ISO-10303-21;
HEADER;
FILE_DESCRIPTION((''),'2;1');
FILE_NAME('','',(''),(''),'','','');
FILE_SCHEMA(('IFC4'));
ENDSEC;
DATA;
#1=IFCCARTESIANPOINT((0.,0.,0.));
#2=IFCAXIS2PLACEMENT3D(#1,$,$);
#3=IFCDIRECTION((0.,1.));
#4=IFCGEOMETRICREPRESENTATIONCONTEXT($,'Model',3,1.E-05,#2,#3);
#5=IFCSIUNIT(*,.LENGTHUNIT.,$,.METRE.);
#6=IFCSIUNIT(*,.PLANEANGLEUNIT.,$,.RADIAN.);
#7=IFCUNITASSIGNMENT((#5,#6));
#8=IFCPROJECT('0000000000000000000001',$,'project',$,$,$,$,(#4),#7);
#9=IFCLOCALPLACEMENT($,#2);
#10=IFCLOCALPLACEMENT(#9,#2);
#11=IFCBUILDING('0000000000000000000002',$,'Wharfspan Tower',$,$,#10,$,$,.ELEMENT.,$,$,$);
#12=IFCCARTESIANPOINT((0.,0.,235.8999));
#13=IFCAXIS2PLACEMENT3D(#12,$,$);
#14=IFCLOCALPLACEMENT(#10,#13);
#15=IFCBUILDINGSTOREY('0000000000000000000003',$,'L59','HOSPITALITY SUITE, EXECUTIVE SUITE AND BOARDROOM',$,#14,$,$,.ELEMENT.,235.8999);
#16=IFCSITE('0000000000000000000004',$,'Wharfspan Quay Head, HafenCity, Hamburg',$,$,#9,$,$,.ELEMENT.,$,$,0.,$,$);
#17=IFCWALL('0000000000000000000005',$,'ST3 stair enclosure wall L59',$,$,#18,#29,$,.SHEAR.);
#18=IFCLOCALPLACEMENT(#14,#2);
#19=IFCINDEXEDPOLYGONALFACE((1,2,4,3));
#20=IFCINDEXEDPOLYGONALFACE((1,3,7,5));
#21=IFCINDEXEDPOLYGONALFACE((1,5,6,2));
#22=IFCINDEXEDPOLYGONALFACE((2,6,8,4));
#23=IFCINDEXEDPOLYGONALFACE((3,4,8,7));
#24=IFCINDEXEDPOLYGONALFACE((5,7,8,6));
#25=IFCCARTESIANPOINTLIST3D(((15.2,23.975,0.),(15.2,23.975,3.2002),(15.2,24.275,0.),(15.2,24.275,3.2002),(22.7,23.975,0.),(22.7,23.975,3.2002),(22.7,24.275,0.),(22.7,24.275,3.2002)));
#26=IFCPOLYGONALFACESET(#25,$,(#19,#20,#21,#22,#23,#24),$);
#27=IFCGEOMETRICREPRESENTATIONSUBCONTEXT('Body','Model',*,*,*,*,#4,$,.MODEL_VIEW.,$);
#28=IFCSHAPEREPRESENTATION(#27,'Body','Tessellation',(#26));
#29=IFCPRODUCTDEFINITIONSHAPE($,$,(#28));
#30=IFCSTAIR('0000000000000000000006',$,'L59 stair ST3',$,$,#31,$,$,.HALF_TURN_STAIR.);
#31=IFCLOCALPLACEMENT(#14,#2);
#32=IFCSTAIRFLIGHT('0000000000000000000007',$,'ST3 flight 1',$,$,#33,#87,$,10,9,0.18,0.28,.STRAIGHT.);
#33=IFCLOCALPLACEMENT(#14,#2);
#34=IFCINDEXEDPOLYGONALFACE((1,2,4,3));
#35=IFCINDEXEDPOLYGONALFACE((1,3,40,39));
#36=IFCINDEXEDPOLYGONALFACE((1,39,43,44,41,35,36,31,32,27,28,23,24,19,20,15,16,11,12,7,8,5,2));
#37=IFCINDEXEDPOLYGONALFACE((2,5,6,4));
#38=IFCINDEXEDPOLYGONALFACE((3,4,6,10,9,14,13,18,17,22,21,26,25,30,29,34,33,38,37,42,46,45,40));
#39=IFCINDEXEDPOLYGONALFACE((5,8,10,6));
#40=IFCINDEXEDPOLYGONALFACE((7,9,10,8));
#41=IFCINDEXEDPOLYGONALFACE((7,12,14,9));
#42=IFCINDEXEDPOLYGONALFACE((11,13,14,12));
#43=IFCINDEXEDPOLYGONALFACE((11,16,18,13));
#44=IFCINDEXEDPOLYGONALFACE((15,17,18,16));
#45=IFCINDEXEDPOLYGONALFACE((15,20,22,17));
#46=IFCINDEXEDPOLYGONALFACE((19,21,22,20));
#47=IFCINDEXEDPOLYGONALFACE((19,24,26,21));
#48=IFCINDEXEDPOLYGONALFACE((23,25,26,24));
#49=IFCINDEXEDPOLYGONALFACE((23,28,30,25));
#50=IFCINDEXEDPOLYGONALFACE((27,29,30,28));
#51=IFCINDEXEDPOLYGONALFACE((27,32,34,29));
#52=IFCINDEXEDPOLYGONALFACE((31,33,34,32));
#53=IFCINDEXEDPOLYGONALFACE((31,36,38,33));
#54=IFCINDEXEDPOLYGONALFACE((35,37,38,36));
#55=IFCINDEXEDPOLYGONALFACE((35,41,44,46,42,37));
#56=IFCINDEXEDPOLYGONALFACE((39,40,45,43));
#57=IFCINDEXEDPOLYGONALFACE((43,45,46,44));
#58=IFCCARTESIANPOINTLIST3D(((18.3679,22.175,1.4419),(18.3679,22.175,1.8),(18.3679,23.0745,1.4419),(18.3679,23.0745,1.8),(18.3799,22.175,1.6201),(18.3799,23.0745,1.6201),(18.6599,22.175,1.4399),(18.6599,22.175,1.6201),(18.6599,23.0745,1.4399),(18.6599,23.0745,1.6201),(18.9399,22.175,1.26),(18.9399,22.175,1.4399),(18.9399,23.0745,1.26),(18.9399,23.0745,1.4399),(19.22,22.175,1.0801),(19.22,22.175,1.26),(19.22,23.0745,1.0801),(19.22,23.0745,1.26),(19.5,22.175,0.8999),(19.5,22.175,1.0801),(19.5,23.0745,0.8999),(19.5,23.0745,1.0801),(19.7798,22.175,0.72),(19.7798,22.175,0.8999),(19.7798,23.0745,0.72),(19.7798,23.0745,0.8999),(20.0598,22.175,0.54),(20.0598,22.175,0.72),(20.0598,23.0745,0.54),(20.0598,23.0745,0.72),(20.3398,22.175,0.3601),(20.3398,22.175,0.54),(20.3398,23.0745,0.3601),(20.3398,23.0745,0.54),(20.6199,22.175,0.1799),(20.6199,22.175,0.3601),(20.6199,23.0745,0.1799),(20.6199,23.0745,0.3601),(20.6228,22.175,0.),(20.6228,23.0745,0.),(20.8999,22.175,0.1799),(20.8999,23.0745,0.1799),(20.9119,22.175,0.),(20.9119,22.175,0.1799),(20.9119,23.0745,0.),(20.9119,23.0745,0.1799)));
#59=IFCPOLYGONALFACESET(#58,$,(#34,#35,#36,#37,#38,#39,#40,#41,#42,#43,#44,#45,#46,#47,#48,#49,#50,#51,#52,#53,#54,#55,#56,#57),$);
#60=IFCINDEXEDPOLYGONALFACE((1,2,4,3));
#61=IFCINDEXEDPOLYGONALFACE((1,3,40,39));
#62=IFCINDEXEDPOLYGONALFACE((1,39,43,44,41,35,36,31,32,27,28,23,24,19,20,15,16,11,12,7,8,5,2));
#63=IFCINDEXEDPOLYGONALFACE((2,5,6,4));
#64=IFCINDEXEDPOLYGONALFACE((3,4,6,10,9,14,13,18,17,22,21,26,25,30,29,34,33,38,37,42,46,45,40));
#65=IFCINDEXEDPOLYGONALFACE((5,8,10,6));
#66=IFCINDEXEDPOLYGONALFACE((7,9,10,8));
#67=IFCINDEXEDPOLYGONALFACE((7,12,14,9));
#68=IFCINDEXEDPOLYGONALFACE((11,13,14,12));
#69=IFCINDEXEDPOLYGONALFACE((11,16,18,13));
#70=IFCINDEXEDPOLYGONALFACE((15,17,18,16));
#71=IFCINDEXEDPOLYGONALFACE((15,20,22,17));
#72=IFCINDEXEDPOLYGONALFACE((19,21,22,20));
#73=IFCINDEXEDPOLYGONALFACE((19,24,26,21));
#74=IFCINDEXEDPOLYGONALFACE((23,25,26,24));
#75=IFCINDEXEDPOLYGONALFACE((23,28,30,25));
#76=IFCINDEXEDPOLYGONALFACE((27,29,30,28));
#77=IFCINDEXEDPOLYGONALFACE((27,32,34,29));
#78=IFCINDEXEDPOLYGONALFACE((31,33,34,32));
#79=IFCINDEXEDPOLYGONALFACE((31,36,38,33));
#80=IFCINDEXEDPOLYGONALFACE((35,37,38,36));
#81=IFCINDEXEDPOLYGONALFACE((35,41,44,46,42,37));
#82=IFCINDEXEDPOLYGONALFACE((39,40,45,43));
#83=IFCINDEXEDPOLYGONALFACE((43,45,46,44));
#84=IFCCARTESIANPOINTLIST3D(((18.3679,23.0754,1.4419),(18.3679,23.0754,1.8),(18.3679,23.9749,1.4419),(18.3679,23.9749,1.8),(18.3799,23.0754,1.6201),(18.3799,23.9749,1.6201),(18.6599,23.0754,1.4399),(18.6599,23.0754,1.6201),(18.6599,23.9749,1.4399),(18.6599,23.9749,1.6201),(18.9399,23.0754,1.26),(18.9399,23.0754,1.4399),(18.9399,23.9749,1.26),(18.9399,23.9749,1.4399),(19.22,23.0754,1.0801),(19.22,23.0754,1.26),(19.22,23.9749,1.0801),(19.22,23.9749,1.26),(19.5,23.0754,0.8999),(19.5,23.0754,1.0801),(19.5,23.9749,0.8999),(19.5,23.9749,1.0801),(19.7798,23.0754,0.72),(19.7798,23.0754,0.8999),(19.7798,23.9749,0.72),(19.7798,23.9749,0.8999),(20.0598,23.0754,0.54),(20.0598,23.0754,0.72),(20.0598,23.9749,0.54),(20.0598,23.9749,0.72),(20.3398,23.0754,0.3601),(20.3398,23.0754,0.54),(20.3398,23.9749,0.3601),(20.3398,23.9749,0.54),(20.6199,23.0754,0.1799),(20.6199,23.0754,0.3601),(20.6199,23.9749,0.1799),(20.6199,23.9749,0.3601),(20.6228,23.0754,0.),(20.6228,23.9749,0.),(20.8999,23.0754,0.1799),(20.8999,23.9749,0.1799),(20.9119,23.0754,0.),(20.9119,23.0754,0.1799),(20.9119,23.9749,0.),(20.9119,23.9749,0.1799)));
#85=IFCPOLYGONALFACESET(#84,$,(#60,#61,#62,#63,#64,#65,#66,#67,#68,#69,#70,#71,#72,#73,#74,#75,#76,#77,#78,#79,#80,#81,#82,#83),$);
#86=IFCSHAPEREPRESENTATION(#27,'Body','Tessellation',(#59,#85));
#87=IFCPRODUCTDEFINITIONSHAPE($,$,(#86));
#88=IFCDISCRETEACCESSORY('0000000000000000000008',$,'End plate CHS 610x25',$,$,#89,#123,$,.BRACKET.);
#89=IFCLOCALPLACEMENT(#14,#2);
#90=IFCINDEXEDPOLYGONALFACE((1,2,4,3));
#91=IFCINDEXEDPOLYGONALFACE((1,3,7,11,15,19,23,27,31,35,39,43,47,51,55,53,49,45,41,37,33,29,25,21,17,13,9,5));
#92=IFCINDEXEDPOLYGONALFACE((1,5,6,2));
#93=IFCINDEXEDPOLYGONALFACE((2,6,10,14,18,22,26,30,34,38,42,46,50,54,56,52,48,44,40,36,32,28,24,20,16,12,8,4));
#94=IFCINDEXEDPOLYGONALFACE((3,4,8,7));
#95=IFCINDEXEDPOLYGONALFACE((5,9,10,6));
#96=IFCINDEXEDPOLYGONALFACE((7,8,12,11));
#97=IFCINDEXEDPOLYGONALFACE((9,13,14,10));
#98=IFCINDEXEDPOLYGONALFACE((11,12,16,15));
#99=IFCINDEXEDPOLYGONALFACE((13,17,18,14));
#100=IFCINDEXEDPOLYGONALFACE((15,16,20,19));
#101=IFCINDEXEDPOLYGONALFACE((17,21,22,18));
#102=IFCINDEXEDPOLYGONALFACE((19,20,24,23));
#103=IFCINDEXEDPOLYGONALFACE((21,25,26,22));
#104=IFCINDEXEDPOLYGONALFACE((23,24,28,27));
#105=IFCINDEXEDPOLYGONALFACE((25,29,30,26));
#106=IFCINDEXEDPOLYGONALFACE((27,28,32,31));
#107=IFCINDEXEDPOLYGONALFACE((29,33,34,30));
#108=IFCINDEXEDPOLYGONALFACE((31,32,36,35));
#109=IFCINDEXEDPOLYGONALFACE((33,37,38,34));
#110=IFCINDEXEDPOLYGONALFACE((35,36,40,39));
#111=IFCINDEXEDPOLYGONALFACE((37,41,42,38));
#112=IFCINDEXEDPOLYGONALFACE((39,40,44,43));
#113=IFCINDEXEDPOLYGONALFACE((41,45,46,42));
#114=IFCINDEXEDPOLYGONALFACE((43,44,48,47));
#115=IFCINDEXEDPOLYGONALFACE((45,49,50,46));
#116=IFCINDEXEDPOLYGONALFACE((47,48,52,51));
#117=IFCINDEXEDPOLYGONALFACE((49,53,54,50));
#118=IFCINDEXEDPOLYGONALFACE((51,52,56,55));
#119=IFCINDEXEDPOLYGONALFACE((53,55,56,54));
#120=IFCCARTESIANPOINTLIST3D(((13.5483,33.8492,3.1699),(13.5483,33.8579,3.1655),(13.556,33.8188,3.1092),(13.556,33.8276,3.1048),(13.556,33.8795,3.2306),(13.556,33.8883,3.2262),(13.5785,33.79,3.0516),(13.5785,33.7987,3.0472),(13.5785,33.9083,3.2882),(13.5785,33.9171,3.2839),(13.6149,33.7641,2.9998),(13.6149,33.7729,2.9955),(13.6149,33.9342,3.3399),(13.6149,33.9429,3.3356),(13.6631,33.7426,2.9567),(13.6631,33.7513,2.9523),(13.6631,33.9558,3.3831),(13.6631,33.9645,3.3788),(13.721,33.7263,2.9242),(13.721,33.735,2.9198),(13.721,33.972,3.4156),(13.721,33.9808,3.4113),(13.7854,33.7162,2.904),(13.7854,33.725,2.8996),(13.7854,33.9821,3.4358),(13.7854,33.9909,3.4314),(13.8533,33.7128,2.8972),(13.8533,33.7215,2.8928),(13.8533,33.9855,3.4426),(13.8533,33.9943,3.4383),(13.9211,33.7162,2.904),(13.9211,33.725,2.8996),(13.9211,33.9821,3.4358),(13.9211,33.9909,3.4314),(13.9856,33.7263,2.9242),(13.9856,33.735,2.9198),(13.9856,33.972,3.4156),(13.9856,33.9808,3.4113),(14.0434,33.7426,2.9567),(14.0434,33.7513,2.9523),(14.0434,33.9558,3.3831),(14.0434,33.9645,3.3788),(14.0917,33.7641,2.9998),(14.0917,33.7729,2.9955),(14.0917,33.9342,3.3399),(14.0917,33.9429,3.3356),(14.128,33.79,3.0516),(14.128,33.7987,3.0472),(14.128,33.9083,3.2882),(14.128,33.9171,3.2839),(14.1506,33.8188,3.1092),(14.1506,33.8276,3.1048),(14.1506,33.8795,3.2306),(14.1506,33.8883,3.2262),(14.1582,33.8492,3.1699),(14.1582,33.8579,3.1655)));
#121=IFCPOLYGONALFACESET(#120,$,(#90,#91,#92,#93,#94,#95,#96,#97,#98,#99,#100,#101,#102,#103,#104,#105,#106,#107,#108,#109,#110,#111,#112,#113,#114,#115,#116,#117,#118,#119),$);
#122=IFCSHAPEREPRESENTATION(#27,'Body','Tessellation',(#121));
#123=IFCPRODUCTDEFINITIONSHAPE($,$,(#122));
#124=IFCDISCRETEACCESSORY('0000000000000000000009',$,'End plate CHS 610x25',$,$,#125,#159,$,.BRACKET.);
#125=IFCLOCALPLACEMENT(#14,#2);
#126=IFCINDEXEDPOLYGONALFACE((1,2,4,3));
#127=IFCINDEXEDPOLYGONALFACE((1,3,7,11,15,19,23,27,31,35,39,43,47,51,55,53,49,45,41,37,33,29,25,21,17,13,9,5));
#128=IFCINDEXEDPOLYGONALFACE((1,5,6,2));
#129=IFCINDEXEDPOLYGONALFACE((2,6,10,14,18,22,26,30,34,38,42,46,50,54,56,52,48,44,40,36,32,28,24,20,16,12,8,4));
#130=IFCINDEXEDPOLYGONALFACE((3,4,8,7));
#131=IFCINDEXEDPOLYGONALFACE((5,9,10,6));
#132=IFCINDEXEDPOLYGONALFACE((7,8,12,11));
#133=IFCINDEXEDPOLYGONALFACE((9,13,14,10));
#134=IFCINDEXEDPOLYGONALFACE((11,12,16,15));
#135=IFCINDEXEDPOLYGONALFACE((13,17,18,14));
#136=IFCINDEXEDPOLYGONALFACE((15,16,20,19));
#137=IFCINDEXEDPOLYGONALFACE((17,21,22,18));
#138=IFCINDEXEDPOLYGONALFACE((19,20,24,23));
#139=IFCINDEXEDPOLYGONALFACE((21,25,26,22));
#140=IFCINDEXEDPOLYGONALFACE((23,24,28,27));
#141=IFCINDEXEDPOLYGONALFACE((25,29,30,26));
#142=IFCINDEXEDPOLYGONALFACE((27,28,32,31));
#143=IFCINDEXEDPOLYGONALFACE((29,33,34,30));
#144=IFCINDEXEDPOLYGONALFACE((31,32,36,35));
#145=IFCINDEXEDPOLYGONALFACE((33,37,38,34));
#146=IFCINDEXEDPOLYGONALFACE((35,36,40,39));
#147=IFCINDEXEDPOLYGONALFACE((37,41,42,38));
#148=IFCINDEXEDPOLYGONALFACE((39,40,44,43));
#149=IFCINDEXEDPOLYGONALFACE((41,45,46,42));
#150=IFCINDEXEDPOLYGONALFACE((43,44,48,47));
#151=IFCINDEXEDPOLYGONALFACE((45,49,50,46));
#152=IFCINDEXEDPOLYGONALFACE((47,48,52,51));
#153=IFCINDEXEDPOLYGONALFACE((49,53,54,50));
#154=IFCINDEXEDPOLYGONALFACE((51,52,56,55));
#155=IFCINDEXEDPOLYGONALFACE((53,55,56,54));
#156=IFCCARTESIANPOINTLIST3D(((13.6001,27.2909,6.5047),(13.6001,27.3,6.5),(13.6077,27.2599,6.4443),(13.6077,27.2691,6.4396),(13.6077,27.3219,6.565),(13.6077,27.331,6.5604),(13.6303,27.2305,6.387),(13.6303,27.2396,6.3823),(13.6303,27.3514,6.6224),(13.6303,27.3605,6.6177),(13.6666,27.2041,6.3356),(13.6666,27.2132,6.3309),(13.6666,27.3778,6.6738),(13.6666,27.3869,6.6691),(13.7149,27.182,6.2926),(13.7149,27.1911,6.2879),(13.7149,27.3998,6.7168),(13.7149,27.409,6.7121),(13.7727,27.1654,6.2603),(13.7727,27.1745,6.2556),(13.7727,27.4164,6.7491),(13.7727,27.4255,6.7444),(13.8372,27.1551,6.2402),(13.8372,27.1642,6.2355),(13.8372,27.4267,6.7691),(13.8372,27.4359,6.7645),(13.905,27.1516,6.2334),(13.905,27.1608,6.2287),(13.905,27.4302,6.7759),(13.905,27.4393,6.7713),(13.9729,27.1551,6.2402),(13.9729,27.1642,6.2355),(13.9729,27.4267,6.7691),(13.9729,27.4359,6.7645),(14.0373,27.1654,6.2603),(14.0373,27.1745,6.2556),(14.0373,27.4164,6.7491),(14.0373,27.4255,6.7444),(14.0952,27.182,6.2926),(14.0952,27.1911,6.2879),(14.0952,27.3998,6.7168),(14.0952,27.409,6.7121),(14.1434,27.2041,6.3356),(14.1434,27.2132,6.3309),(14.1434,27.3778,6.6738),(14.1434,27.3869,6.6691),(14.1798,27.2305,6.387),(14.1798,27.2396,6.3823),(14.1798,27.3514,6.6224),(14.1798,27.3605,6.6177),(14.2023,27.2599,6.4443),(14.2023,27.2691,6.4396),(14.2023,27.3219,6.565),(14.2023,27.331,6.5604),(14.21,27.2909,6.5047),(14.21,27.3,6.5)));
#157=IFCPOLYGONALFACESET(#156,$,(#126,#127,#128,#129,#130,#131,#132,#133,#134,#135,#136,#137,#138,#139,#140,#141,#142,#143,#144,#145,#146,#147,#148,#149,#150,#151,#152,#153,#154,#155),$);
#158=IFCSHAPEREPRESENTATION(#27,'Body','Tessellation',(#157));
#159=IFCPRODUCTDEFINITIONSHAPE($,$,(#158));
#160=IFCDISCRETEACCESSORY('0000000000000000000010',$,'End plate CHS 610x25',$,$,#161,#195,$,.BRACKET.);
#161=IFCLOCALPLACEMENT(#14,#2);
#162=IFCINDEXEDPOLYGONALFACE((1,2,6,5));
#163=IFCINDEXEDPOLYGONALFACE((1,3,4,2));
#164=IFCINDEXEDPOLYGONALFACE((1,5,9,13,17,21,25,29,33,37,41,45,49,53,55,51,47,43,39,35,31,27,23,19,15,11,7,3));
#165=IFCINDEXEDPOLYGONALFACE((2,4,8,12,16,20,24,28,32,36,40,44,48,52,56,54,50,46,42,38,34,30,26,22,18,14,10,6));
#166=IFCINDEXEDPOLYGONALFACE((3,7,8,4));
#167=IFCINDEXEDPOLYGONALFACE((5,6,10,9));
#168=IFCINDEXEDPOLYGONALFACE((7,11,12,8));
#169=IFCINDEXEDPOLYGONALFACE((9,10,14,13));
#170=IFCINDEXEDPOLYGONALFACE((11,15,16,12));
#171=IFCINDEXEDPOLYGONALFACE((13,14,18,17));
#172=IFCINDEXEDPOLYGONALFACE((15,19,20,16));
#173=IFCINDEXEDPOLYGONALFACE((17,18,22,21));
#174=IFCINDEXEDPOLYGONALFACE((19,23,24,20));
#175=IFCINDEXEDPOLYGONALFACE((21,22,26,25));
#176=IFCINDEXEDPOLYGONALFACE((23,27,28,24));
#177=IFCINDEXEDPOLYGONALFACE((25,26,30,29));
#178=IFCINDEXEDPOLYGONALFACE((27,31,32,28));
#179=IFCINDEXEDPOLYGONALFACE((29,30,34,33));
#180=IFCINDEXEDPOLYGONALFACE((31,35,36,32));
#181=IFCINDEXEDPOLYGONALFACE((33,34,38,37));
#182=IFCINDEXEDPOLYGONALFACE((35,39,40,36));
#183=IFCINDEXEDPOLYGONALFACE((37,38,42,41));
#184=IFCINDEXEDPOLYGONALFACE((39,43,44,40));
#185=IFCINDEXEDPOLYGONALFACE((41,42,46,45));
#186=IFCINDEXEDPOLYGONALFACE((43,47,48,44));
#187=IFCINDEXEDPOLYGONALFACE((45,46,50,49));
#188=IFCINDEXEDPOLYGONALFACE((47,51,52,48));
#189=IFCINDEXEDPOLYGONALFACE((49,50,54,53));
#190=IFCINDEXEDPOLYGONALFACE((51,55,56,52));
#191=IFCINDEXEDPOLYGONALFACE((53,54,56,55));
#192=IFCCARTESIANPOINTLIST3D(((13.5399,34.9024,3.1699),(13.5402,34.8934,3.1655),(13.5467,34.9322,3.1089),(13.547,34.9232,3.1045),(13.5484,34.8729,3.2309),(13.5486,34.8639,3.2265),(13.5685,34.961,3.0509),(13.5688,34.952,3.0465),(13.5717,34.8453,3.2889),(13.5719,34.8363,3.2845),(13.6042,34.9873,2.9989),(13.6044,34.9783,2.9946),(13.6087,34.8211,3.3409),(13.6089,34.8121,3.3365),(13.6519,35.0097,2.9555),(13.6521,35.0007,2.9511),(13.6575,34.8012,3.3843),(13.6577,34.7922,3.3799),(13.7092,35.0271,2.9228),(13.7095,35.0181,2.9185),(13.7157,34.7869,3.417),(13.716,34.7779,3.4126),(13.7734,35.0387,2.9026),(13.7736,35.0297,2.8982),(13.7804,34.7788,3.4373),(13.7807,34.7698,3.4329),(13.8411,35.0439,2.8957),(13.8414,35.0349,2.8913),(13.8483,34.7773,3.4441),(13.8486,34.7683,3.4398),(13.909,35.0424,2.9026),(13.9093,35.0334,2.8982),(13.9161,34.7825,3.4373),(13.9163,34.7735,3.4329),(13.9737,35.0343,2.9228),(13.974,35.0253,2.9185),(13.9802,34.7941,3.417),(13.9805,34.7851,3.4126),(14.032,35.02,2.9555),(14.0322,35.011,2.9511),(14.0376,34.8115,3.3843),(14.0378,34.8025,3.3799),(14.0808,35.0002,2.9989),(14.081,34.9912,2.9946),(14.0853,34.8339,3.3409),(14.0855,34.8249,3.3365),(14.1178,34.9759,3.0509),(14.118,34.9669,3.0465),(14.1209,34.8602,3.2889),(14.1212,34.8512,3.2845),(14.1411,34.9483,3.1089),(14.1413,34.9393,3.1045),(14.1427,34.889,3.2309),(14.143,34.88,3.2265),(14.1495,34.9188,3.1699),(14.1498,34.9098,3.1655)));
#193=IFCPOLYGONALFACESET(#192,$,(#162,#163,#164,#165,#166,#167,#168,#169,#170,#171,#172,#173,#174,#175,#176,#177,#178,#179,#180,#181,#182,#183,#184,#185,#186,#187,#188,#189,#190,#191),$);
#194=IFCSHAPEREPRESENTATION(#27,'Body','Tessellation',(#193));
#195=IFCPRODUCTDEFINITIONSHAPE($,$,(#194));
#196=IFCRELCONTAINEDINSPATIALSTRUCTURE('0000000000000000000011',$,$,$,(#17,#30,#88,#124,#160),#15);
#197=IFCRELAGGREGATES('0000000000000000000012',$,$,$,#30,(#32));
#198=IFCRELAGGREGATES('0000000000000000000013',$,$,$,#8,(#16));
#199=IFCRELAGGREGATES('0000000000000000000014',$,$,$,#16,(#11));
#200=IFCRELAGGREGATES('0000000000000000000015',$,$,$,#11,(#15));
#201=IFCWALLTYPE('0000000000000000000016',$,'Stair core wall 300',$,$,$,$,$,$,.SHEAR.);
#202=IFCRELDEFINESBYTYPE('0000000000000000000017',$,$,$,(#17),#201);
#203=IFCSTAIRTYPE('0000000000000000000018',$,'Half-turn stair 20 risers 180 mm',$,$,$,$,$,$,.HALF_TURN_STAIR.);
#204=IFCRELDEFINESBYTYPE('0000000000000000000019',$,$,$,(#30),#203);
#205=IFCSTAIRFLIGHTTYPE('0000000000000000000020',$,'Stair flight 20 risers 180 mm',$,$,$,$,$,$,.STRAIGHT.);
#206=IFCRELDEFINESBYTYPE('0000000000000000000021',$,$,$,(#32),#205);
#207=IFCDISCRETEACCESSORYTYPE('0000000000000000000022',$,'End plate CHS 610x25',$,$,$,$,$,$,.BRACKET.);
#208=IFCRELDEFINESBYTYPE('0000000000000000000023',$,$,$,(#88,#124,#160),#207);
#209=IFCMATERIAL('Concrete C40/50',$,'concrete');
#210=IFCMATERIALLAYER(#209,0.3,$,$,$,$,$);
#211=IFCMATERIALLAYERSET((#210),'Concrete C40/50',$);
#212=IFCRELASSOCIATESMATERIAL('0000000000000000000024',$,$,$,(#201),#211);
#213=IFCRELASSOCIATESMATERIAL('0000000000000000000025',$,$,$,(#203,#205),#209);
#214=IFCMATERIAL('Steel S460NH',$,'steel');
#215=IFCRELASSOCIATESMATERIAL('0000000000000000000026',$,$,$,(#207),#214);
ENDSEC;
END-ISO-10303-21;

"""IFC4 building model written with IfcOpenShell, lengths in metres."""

from ifc_helpers import new_model, si_unit, direction, frame, frame_2d, origin, origin_2d, place, context, subcontext, project, spatial, polyline, rectangle, circle, outline, extrude, material, layer, layer_set, material_profile, profile_set, type_object, element, aggregate, save


model = new_model("IFC4")

# Units and contexts
model_context = context("Model", 3, precision=1e-05, world=origin(), true_north=direction((0.0, 1.0)))
body_context = subcontext(model_context, "Body", "Model", "MODEL_VIEW")
ifc_project = project(units=[si_unit("LENGTHUNIT", "METRE"), si_unit("PLANEANGLEUNIT", "RADIAN")], contexts=[model_context])

# Site, building, storey
site_placement = place(None, origin())
site = spatial("IfcSite", under=ifc_project, at=site_placement, Name="Wharfspan Quay Head, HafenCity, Hamburg", CompositionType="ELEMENT", RefElevation=0.0)
building_placement = place(site_placement, origin())
building = spatial("IfcBuilding", under=site, at=building_placement, Name="Wharfspan Tower", CompositionType="ELEMENT")
storey_placement = place(building_placement, frame((0.0, 0.0, 235.8999)))
storey = spatial("IfcBuildingStorey", under=building, at=storey_placement, Name="L59", Description="HOSPITALITY SUITE, EXECUTIVE SUITE AND BOARDROOM", CompositionType="ELEMENT", Elevation=235.8999)

# Shared definitions
ifc_material_1 = material(Name="Steel S460NH", Category="steel")

# Wall
ifc_material_2 = material(Name="Concrete C40/50", Category="concrete")
ifc_layer_1 = layer(ifc_material_2, 0.3)
ifc_layer_set_1 = layer_set([ifc_layer_1], Name="Concrete C40/50")
wall_type_1 = type_object("IfcWallType", Name="Stair core wall 300", PredefinedType="SHEAR", material=ifc_layer_set_1)
wall_1_placement = place(storey_placement, frame((15.2, 24.125, 0.0), z_axis=(0.0, 0.0, 1.0), x_axis=(1.0, 0.0, 0.0)))
element("IfcWall", 1, at=wall_1_placement, inside=storey, type_object=wall_type_1, Name="ST3 stair enclosure wall L59", PredefinedType="SHEAR", context=body_context, shape_type="SweptSolid", body=[
    extrude(rectangle(XDim=7.5, YDim=0.3, at=frame_2d((3.75, 0.0))), origin(), (0.0, 0.0, 1.0), 3.2002),
])

# Stair, stair flight
stair_type = type_object("IfcStairType", Name="Half-turn stair 20 risers 180 mm", PredefinedType="HALF_TURN_STAIR", material=ifc_material_2)
stair_placement = place(storey_placement, origin())
stair = element("IfcStair", 2, at=stair_placement, inside=storey, type_object=stair_type, Name="L59 stair ST3", PredefinedType="HALF_TURN_STAIR")
stair_flight_type = type_object("IfcStairFlightType", Name="Stair flight 20 risers 180 mm", PredefinedType="STRAIGHT", material=ifc_material_2)
stair_flight_placement = place(storey_placement, frame((20.8999, 23.075, 0.0), z_axis=(0.0, 0.0, 1.0), x_axis=(-1.0, 0.0, 0.0)))
stair_flight = element("IfcStairFlight", 3, at=stair_flight_placement, type_object=stair_flight_type, Name="ST3 flight 1", NumberOfRisers=10, NumberOfTreads=9, PredefinedType="STRAIGHT", RiserHeight=0.18, TreadLength=0.28, context=body_context, shape_type="SweptSolid", body=[
    extrude(outline(polyline([(-0.012, 0.0), (-0.012, 0.1799), (0.0, 0.1799), (0.28, 0.1799), (0.28, 0.3601), (0.5601, 0.3601), (0.5601, 0.54), (0.8401, 0.54), (0.8401, 0.72), (1.1201, 0.72), (1.1201, 0.8999), (1.3999, 0.8999), (1.3999, 1.0801), (1.6799, 1.0801), (1.6799, 1.26), (1.96, 1.26), (1.96, 1.4399), (2.24, 1.4399), (2.24, 1.6201), (2.52, 1.6201), (2.532, 1.8), (2.532, 1.4419), (0.2771, 0.0), (-0.012, 0.0)])), frame((0.0, 0.8999, 0.0), z_axis=(0.0, -1.0, 0.0), x_axis=(1.0, 0.0, 0.0)), (0.0, 0.0, 1.0), 0.8994),
    extrude(outline(polyline([(-0.012, 0.0), (-0.012, 0.1799), (0.0, 0.1799), (0.28, 0.1799), (0.28, 0.3601), (0.5601, 0.3601), (0.5601, 0.54), (0.8401, 0.54), (0.8401, 0.72), (1.1201, 0.72), (1.1201, 0.8999), (1.3999, 0.8999), (1.3999, 1.0801), (1.6799, 1.0801), (1.6799, 1.26), (1.96, 1.26), (1.96, 1.4399), (2.24, 1.4399), (2.24, 1.6201), (2.52, 1.6201), (2.532, 1.8), (2.532, 1.4419), (0.2771, 0.0), (-0.012, 0.0)])), frame((0.0, -0.0005, 0.0), z_axis=(0.0, -1.0, 0.0), x_axis=(1.0, 0.0, 0.0)), (0.0, 0.0, 1.0), 0.8994),
])
aggregate(stair, [stair_flight])

# Discrete accessories
ifc_material_profile_1 = material_profile(ifc_material_1, circle(Radius=0.3049, at=origin_2d()))
ifc_profile_set_1 = profile_set([ifc_material_profile_1], Name="Steel S460NH")
discrete_accessory_type = type_object("IfcDiscreteAccessoryType", Name="End plate CHS 610x25", PredefinedType="BRACKET", material=ifc_profile_set_1)
discrete_accessory_1_placement = place(storey_placement, frame((13.8533, 33.8579, 3.1655), z_axis=(0.0, -0.894427, 0.447214), x_axis=(1.0, 0.0, 0.0)))
element("IfcDiscreteAccessory", 4, at=discrete_accessory_1_placement, inside=storey, type_object=discrete_accessory_type, Name="End plate CHS 610x25", PredefinedType="BRACKET", context=body_context, shape_type="SweptSolid", body=[
    extrude(circle(Radius=0.3049, at=origin_2d()), origin(), (0.0, 0.0, 1.0), 0.0098),
])
discrete_accessory_2_placement = place(storey_placement, frame((13.905, 27.3, 6.5), z_axis=(0.0, -0.889567, 0.456805), x_axis=(1.0, 0.0, 0.0)))
element("IfcDiscreteAccessory", 5, at=discrete_accessory_2_placement, inside=storey, type_object=discrete_accessory_type, Name="End plate CHS 610x25", PredefinedType="BRACKET", context=body_context, shape_type="SweptSolid", body=[
    extrude(circle(Radius=0.3049, at=origin_2d()), origin(), (0.0, 0.0, 1.0), 0.0103),
])
discrete_accessory_3_placement = place(storey_placement, frame((13.845, 34.9016, 3.1655), z_axis=(-0.024296, 0.89897, 0.437337), x_axis=(-0.999631, -0.027017, 0.000001)))
element("IfcDiscreteAccessory", 6, at=discrete_accessory_3_placement, inside=storey, type_object=discrete_accessory_type, Name="End plate CHS 610x25", PredefinedType="BRACKET", context=body_context, shape_type="SweptSolid", body=[
    extrude(circle(Radius=0.3049, at=origin_2d()), origin(), (0.0, 0.0, 1.0), 0.01),
])

save(model, "model.ifc")
